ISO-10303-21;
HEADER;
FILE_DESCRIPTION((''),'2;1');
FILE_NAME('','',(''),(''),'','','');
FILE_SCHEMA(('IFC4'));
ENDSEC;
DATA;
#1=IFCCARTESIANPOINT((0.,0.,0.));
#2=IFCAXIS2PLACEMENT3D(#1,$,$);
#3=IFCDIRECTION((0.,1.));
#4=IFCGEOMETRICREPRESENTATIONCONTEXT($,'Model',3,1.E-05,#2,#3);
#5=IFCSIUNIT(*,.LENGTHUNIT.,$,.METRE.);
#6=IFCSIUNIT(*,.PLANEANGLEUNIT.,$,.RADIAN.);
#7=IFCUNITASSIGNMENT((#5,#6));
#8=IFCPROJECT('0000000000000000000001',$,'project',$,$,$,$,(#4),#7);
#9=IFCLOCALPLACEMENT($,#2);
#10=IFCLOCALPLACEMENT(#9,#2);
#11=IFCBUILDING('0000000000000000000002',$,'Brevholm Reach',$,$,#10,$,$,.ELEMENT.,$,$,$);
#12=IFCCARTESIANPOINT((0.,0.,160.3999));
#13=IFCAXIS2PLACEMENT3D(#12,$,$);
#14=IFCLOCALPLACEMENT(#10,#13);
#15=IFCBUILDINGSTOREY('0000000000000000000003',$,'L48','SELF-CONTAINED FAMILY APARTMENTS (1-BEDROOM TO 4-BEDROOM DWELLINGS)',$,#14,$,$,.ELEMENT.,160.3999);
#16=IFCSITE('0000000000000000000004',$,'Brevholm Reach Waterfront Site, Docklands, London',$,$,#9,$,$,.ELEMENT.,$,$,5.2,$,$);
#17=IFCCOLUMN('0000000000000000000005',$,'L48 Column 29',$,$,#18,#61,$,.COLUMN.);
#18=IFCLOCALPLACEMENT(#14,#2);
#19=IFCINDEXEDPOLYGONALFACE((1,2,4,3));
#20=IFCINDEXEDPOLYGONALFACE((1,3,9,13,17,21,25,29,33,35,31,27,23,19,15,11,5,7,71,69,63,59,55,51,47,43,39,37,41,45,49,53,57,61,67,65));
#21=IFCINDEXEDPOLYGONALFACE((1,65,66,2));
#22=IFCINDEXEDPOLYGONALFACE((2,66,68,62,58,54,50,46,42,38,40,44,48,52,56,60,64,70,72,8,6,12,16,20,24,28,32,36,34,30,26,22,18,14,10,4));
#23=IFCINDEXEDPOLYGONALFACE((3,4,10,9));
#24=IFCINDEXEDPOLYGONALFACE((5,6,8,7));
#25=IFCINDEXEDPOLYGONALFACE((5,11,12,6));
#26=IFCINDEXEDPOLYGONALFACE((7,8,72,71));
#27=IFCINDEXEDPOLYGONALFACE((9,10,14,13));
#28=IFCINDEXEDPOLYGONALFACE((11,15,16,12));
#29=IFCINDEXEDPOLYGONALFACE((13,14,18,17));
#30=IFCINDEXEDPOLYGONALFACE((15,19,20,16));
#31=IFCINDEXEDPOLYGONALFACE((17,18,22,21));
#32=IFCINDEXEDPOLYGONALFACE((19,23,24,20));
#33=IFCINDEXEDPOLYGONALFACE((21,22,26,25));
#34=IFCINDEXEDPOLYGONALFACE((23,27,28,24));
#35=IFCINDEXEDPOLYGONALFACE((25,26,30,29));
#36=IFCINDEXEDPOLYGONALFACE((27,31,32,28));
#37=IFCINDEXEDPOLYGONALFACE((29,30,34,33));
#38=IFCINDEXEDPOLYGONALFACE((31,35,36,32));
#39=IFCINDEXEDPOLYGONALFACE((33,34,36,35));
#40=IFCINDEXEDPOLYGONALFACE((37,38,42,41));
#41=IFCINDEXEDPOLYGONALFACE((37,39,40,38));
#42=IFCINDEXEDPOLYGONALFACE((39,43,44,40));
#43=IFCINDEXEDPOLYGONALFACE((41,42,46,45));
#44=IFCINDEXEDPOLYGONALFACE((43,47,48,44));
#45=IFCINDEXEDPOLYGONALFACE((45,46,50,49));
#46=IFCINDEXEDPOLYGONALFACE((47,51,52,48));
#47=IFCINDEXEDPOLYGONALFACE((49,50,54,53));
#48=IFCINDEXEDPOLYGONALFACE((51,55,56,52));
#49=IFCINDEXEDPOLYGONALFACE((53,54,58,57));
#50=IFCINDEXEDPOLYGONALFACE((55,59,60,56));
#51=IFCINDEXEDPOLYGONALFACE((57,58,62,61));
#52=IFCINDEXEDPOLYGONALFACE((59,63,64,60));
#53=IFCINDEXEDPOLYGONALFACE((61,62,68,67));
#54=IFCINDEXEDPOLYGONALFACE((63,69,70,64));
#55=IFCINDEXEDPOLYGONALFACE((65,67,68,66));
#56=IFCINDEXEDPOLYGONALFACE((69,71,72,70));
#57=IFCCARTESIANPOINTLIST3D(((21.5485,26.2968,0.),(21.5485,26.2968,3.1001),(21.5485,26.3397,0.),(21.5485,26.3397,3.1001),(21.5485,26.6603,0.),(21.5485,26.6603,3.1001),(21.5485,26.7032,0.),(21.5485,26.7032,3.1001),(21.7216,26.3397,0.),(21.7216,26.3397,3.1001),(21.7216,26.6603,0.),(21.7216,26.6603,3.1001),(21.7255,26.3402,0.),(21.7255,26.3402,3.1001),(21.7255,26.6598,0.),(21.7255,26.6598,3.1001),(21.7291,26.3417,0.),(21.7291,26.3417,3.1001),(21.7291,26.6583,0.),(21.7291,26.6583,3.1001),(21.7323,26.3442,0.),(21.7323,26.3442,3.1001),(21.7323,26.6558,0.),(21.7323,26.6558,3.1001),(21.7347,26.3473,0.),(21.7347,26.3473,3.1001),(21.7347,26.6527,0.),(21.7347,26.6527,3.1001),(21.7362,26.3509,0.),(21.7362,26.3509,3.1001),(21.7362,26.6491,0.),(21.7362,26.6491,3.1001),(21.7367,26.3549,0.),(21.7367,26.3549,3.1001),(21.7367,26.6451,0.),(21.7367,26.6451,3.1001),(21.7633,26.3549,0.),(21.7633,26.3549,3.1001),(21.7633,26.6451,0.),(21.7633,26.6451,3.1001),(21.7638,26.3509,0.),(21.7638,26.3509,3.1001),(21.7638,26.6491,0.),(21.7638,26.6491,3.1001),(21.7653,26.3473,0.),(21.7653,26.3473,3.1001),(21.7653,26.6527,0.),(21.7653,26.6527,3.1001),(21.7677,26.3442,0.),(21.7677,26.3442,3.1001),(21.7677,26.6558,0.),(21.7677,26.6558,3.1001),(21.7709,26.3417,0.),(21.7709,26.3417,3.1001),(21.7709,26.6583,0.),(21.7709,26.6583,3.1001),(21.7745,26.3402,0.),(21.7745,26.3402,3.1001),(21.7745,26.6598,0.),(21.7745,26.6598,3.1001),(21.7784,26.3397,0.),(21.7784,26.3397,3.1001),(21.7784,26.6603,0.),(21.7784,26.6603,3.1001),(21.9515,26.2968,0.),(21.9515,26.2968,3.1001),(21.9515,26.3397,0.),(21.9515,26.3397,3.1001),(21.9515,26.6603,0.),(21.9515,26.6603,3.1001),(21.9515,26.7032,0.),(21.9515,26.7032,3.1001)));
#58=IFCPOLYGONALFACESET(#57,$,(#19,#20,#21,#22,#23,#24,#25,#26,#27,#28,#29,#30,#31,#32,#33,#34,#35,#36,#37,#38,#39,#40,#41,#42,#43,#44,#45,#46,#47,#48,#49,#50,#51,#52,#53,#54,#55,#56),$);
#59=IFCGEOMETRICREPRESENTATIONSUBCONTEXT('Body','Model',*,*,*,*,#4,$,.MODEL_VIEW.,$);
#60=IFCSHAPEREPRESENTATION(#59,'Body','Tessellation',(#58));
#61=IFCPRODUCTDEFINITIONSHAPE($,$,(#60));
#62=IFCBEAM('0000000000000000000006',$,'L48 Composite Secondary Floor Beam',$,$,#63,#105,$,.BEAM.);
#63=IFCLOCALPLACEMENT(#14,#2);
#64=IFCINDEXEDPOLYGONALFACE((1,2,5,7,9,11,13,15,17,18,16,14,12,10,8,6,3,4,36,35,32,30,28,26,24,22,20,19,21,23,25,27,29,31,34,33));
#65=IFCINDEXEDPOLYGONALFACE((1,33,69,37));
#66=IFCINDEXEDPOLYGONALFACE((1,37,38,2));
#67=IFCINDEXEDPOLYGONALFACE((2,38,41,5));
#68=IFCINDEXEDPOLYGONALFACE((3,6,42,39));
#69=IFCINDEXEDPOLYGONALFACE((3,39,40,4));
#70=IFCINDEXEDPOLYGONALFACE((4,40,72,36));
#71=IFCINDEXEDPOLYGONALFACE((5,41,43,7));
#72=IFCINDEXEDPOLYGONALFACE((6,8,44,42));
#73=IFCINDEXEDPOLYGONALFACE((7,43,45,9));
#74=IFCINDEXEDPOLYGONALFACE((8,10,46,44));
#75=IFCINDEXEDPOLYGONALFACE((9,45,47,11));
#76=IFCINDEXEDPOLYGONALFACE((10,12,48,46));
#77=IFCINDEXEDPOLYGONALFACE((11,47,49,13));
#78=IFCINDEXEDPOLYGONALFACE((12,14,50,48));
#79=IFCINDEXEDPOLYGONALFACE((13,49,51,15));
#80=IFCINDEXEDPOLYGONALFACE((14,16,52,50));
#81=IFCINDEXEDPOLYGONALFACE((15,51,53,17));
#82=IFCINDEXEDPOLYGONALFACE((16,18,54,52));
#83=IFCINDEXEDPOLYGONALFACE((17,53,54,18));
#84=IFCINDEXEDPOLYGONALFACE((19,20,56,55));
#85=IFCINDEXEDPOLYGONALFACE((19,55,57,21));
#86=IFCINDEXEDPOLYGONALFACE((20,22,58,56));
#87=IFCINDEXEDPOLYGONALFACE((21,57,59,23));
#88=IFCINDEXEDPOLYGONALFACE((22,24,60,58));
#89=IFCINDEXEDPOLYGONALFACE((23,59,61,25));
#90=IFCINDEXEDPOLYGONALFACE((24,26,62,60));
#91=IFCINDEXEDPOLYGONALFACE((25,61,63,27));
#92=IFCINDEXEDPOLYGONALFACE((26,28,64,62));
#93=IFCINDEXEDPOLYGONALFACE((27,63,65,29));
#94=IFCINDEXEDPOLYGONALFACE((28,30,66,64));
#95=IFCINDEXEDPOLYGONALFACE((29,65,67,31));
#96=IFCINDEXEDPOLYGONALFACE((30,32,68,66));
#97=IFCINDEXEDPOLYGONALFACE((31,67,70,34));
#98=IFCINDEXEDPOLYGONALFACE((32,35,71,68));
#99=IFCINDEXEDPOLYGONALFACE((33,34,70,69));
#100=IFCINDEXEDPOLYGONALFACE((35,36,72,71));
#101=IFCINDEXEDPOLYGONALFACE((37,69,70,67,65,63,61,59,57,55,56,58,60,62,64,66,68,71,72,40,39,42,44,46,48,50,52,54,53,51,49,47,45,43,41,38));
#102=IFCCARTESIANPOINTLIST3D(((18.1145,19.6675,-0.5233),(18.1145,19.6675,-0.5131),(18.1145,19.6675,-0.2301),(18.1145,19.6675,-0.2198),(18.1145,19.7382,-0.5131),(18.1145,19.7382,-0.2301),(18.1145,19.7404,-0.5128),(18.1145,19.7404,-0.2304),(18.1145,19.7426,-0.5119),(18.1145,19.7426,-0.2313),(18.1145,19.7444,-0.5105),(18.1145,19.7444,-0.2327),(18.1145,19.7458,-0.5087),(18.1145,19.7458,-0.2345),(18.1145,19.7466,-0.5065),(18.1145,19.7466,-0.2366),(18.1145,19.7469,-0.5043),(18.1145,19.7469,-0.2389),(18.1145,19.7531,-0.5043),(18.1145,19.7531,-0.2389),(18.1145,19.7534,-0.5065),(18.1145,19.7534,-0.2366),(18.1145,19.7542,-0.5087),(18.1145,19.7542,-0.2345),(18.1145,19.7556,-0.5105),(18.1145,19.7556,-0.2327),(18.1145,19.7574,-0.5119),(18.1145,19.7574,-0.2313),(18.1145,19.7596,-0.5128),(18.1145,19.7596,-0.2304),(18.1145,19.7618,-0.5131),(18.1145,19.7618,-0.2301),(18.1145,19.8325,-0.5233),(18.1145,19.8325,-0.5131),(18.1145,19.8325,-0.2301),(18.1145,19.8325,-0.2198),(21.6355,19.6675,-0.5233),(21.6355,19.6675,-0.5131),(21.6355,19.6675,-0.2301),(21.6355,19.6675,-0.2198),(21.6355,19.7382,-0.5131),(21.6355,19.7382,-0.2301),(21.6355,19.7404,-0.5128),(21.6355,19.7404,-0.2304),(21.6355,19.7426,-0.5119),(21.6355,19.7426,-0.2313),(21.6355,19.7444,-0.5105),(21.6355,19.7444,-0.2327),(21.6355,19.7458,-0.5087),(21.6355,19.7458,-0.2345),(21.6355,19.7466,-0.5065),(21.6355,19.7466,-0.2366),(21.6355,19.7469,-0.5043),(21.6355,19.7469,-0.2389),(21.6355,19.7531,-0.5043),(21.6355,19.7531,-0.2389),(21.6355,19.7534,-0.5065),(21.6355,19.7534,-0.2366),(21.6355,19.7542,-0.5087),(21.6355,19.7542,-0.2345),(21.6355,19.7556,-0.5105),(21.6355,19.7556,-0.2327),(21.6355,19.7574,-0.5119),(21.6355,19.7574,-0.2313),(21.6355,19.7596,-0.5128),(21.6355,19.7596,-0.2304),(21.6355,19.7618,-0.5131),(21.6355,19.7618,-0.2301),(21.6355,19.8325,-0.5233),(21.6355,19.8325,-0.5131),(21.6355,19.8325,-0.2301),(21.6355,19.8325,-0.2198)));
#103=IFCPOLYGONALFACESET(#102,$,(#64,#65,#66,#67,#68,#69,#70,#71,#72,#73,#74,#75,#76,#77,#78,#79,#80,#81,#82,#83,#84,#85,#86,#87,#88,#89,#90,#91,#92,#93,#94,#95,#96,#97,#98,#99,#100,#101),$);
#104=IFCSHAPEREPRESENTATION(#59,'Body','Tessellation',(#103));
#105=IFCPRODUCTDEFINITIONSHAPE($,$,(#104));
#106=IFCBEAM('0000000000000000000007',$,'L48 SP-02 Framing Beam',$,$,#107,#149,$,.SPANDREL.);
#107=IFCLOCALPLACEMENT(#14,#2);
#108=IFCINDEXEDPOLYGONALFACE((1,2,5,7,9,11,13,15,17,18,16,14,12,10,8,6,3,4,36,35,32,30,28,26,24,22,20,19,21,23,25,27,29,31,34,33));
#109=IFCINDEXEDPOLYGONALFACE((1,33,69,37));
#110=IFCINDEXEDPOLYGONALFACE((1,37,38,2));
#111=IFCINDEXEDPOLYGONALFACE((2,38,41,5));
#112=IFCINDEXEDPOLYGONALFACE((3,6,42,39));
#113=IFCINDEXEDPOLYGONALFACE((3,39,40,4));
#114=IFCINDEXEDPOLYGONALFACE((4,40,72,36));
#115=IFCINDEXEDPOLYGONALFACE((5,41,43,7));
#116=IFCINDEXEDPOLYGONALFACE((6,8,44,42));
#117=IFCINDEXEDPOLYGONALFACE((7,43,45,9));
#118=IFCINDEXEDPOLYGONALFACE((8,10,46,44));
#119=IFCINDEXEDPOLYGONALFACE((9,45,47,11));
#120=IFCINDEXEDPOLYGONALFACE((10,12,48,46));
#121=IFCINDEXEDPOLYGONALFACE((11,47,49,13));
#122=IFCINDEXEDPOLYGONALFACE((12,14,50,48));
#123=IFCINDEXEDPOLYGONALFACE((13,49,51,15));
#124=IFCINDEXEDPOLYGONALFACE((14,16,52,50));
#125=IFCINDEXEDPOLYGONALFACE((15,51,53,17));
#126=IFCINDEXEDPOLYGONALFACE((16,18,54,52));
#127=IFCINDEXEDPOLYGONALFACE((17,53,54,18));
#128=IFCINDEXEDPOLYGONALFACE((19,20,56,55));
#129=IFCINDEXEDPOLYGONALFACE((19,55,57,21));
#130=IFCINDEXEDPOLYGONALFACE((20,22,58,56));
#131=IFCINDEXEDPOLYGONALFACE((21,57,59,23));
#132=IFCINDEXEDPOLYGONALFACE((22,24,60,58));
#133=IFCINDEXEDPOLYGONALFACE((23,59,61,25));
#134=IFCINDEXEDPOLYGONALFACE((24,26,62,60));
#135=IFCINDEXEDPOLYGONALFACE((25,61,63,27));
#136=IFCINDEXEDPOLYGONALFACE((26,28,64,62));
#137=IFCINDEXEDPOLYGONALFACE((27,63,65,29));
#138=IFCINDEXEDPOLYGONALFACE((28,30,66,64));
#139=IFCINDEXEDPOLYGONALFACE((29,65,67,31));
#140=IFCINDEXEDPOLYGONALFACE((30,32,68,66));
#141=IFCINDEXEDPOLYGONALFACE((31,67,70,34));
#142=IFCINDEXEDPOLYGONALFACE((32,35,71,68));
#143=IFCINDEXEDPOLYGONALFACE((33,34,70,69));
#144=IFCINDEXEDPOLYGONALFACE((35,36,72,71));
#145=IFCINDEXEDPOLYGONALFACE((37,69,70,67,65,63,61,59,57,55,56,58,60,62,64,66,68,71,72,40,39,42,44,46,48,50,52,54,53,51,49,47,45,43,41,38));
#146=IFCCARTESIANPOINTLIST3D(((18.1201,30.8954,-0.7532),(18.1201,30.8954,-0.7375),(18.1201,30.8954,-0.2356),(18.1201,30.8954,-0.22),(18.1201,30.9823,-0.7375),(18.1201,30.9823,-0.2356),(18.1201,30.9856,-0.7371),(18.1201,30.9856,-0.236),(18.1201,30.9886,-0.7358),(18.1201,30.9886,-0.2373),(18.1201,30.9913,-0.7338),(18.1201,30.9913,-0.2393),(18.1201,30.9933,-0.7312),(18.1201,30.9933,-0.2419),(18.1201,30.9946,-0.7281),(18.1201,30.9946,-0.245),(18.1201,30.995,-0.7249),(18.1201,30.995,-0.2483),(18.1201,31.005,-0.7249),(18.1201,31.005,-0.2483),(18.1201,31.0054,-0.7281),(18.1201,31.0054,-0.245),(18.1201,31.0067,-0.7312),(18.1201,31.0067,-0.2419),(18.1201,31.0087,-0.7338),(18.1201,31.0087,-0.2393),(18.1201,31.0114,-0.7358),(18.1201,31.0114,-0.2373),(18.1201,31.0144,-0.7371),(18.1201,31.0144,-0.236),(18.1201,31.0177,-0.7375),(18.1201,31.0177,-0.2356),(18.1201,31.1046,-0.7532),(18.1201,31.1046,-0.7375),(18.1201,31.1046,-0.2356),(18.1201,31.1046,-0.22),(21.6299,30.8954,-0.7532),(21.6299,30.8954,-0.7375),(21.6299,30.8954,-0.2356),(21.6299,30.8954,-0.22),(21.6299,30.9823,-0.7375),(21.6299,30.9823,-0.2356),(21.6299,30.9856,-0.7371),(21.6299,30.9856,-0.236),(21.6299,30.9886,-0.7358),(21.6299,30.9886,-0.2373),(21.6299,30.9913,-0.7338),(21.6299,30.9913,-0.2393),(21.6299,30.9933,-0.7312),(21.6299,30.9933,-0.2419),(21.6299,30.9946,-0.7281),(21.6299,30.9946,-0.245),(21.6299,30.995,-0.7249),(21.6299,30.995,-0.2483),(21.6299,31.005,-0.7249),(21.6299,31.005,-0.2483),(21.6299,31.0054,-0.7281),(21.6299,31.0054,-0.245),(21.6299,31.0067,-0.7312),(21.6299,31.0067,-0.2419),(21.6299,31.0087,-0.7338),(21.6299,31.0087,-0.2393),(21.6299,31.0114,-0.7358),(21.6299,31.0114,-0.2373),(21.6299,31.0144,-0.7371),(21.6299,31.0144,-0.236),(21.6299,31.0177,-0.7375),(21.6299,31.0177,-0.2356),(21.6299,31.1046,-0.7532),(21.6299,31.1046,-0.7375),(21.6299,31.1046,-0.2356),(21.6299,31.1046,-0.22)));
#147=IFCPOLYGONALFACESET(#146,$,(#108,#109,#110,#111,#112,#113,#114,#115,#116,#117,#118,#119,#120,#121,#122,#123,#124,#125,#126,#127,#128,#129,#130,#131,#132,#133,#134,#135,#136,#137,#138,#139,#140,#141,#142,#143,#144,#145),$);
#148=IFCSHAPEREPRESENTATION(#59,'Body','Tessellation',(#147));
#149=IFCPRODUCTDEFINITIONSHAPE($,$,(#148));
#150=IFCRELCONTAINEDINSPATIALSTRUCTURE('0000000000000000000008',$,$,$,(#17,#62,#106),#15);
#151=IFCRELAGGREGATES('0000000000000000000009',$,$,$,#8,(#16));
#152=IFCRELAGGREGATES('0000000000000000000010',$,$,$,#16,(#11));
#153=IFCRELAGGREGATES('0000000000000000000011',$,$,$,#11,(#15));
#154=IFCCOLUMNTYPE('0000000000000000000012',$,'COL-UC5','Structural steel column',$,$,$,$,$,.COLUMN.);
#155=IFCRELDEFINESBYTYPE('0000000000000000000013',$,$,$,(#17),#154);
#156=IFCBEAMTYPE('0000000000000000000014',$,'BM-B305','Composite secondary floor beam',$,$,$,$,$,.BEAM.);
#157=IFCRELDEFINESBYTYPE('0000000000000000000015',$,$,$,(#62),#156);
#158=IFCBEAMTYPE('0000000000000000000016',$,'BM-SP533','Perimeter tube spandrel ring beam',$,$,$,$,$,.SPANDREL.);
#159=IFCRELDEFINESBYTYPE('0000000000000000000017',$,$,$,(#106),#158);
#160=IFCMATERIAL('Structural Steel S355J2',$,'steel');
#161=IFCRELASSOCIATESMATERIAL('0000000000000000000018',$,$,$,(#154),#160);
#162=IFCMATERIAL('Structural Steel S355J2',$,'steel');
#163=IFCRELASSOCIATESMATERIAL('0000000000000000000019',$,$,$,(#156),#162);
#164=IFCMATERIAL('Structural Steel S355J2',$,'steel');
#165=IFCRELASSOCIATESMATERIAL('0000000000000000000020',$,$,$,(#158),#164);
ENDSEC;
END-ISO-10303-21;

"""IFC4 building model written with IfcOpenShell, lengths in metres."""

from ifc_helpers import new_model, si_unit, direction, frame, origin, origin_2d, place, context, subcontext, project, spatial, i_section, extrude, material, material_profile, profile_set, type_object, element, save


model = new_model("IFC4")

# Units and contexts
model_context = context("Model", 3, precision=1e-05, world=origin(), true_north=direction((0.0, 1.0)))
body_context = subcontext(model_context, "Body", "Model", "MODEL_VIEW")
ifc_project = project(units=[si_unit("LENGTHUNIT", "METRE"), si_unit("PLANEANGLEUNIT", "RADIAN")], contexts=[model_context])

# Site, building, storey
site_placement = place(None, origin())
site = spatial("IfcSite", under=ifc_project, at=site_placement, Name="Brevholm Reach Waterfront Site, Docklands, London", CompositionType="ELEMENT", RefElevation=5.2)
building_placement = place(site_placement, origin())
building = spatial("IfcBuilding", under=site, at=building_placement, Name="Brevholm Reach", CompositionType="ELEMENT")
storey_placement = place(building_placement, frame((0.0, 0.0, 160.3999)))
storey = spatial("IfcBuildingStorey", under=building, at=storey_placement, Name="L48", Description="SELF-CONTAINED FAMILY APARTMENTS (1-BEDROOM TO 4-BEDROOM DWELLINGS)", CompositionType="ELEMENT", Elevation=160.3999)

# Column
ifc_material_1 = material(Name="Structural Steel S355J2", Category="steel")
ifc_material_profile_1 = material_profile(ifc_material_1, i_section(OverallWidth=0.4031, OverallDepth=0.4065, WebThickness=0.0266, FlangeThickness=0.043, FilletRadius=0.0151, at=origin_2d()), Name="UKC 356x406x340")
ifc_profile_set_1 = profile_set([ifc_material_profile_1], Name="Structural Steel S355J2")
column_type_1 = type_object("IfcColumnType", Name="COL-UC5", Description="Structural steel column", PredefinedType="COLUMN", material=ifc_profile_set_1)
for number, where, z_axis, x_axis, name in (
    (1, (21.75, 26.5, 0.0), (0.0, 0.0, 1.0), (1.0, 0.0, 0.0), "L48 Column 29"),
):
    element("IfcColumn", number, at=place(storey_placement, frame(where, z_axis=z_axis, x_axis=x_axis)), inside=storey, type_object=column_type_1, Name=name, PredefinedType="COLUMN", context=body_context, shape_type="SweptSolid", body=[
        extrude(i_section(OverallWidth=0.4031, OverallDepth=0.4065, WebThickness=0.0266, FlangeThickness=0.043, FilletRadius=0.0151, at=origin_2d()), origin(), (0.0, 0.0, 1.0), 3.1001),
    ])

# Beams
ifc_material_2 = material(Name="Structural Steel S355J2", Category="steel")
ifc_material_profile_2 = material_profile(ifc_material_2, i_section(OverallWidth=0.165, OverallDepth=0.3035, WebThickness=0.0061, FlangeThickness=0.0103, FilletRadius=0.0088, at=origin_2d()), Name="UKB 305x165x40")
ifc_profile_set_2 = profile_set([ifc_material_profile_2], Name="Structural Steel S355J2")
beam_type_1 = type_object("IfcBeamType", Name="BM-B305", Description="Composite secondary floor beam", PredefinedType="BEAM", material=ifc_profile_set_2)
beam_1_placement = place(storey_placement, frame((18.1145, 19.75, -0.3716), z_axis=(1.0, 0.0, 0.0), x_axis=(0.0, 1.0, 0.0)))
element("IfcBeam", 2, at=beam_1_placement, inside=storey, type_object=beam_type_1, Name="L48 Composite Secondary Floor Beam", PredefinedType="BEAM", context=body_context, shape_type="SweptSolid", body=[
    extrude(i_section(OverallWidth=0.165, OverallDepth=0.3035, WebThickness=0.0061, FlangeThickness=0.0103, FilletRadius=0.0088, at=origin_2d()), origin(), (0.0, 0.0, 1.0), 3.521),
])
ifc_material_3 = material(Name="Structural Steel S355J2", Category="steel")
ifc_material_profile_3 = material_profile(ifc_material_3, i_section(OverallWidth=0.2092, OverallDepth=0.5332, WebThickness=0.01, FlangeThickness=0.0156, FilletRadius=0.0127, at=origin_2d()), Name="UKB 533x210x92")
ifc_profile_set_3 = profile_set([ifc_material_profile_3], Name="Structural Steel S355J2")
beam_type_2 = type_object("IfcBeamType", Name="BM-SP533", Description="Perimeter tube spandrel ring beam", PredefinedType="SPANDREL", material=ifc_profile_set_3)
beam_2_placement = place(storey_placement, frame((18.1201, 31.0, -0.4866), z_axis=(1.0, 0.0, 0.0), x_axis=(0.0, 1.0, 0.0)))
element("IfcBeam", 3, at=beam_2_placement, inside=storey, type_object=beam_type_2, Name="L48 SP-02 Framing Beam", PredefinedType="SPANDREL", context=body_context, shape_type="SweptSolid", body=[
    extrude(i_section(OverallWidth=0.2092, OverallDepth=0.5332, WebThickness=0.01, FlangeThickness=0.0156, FilletRadius=0.0127, at=origin_2d()), origin(), (0.0, 0.0, 1.0), 3.5098),
])

save(model, "model.ifc")
